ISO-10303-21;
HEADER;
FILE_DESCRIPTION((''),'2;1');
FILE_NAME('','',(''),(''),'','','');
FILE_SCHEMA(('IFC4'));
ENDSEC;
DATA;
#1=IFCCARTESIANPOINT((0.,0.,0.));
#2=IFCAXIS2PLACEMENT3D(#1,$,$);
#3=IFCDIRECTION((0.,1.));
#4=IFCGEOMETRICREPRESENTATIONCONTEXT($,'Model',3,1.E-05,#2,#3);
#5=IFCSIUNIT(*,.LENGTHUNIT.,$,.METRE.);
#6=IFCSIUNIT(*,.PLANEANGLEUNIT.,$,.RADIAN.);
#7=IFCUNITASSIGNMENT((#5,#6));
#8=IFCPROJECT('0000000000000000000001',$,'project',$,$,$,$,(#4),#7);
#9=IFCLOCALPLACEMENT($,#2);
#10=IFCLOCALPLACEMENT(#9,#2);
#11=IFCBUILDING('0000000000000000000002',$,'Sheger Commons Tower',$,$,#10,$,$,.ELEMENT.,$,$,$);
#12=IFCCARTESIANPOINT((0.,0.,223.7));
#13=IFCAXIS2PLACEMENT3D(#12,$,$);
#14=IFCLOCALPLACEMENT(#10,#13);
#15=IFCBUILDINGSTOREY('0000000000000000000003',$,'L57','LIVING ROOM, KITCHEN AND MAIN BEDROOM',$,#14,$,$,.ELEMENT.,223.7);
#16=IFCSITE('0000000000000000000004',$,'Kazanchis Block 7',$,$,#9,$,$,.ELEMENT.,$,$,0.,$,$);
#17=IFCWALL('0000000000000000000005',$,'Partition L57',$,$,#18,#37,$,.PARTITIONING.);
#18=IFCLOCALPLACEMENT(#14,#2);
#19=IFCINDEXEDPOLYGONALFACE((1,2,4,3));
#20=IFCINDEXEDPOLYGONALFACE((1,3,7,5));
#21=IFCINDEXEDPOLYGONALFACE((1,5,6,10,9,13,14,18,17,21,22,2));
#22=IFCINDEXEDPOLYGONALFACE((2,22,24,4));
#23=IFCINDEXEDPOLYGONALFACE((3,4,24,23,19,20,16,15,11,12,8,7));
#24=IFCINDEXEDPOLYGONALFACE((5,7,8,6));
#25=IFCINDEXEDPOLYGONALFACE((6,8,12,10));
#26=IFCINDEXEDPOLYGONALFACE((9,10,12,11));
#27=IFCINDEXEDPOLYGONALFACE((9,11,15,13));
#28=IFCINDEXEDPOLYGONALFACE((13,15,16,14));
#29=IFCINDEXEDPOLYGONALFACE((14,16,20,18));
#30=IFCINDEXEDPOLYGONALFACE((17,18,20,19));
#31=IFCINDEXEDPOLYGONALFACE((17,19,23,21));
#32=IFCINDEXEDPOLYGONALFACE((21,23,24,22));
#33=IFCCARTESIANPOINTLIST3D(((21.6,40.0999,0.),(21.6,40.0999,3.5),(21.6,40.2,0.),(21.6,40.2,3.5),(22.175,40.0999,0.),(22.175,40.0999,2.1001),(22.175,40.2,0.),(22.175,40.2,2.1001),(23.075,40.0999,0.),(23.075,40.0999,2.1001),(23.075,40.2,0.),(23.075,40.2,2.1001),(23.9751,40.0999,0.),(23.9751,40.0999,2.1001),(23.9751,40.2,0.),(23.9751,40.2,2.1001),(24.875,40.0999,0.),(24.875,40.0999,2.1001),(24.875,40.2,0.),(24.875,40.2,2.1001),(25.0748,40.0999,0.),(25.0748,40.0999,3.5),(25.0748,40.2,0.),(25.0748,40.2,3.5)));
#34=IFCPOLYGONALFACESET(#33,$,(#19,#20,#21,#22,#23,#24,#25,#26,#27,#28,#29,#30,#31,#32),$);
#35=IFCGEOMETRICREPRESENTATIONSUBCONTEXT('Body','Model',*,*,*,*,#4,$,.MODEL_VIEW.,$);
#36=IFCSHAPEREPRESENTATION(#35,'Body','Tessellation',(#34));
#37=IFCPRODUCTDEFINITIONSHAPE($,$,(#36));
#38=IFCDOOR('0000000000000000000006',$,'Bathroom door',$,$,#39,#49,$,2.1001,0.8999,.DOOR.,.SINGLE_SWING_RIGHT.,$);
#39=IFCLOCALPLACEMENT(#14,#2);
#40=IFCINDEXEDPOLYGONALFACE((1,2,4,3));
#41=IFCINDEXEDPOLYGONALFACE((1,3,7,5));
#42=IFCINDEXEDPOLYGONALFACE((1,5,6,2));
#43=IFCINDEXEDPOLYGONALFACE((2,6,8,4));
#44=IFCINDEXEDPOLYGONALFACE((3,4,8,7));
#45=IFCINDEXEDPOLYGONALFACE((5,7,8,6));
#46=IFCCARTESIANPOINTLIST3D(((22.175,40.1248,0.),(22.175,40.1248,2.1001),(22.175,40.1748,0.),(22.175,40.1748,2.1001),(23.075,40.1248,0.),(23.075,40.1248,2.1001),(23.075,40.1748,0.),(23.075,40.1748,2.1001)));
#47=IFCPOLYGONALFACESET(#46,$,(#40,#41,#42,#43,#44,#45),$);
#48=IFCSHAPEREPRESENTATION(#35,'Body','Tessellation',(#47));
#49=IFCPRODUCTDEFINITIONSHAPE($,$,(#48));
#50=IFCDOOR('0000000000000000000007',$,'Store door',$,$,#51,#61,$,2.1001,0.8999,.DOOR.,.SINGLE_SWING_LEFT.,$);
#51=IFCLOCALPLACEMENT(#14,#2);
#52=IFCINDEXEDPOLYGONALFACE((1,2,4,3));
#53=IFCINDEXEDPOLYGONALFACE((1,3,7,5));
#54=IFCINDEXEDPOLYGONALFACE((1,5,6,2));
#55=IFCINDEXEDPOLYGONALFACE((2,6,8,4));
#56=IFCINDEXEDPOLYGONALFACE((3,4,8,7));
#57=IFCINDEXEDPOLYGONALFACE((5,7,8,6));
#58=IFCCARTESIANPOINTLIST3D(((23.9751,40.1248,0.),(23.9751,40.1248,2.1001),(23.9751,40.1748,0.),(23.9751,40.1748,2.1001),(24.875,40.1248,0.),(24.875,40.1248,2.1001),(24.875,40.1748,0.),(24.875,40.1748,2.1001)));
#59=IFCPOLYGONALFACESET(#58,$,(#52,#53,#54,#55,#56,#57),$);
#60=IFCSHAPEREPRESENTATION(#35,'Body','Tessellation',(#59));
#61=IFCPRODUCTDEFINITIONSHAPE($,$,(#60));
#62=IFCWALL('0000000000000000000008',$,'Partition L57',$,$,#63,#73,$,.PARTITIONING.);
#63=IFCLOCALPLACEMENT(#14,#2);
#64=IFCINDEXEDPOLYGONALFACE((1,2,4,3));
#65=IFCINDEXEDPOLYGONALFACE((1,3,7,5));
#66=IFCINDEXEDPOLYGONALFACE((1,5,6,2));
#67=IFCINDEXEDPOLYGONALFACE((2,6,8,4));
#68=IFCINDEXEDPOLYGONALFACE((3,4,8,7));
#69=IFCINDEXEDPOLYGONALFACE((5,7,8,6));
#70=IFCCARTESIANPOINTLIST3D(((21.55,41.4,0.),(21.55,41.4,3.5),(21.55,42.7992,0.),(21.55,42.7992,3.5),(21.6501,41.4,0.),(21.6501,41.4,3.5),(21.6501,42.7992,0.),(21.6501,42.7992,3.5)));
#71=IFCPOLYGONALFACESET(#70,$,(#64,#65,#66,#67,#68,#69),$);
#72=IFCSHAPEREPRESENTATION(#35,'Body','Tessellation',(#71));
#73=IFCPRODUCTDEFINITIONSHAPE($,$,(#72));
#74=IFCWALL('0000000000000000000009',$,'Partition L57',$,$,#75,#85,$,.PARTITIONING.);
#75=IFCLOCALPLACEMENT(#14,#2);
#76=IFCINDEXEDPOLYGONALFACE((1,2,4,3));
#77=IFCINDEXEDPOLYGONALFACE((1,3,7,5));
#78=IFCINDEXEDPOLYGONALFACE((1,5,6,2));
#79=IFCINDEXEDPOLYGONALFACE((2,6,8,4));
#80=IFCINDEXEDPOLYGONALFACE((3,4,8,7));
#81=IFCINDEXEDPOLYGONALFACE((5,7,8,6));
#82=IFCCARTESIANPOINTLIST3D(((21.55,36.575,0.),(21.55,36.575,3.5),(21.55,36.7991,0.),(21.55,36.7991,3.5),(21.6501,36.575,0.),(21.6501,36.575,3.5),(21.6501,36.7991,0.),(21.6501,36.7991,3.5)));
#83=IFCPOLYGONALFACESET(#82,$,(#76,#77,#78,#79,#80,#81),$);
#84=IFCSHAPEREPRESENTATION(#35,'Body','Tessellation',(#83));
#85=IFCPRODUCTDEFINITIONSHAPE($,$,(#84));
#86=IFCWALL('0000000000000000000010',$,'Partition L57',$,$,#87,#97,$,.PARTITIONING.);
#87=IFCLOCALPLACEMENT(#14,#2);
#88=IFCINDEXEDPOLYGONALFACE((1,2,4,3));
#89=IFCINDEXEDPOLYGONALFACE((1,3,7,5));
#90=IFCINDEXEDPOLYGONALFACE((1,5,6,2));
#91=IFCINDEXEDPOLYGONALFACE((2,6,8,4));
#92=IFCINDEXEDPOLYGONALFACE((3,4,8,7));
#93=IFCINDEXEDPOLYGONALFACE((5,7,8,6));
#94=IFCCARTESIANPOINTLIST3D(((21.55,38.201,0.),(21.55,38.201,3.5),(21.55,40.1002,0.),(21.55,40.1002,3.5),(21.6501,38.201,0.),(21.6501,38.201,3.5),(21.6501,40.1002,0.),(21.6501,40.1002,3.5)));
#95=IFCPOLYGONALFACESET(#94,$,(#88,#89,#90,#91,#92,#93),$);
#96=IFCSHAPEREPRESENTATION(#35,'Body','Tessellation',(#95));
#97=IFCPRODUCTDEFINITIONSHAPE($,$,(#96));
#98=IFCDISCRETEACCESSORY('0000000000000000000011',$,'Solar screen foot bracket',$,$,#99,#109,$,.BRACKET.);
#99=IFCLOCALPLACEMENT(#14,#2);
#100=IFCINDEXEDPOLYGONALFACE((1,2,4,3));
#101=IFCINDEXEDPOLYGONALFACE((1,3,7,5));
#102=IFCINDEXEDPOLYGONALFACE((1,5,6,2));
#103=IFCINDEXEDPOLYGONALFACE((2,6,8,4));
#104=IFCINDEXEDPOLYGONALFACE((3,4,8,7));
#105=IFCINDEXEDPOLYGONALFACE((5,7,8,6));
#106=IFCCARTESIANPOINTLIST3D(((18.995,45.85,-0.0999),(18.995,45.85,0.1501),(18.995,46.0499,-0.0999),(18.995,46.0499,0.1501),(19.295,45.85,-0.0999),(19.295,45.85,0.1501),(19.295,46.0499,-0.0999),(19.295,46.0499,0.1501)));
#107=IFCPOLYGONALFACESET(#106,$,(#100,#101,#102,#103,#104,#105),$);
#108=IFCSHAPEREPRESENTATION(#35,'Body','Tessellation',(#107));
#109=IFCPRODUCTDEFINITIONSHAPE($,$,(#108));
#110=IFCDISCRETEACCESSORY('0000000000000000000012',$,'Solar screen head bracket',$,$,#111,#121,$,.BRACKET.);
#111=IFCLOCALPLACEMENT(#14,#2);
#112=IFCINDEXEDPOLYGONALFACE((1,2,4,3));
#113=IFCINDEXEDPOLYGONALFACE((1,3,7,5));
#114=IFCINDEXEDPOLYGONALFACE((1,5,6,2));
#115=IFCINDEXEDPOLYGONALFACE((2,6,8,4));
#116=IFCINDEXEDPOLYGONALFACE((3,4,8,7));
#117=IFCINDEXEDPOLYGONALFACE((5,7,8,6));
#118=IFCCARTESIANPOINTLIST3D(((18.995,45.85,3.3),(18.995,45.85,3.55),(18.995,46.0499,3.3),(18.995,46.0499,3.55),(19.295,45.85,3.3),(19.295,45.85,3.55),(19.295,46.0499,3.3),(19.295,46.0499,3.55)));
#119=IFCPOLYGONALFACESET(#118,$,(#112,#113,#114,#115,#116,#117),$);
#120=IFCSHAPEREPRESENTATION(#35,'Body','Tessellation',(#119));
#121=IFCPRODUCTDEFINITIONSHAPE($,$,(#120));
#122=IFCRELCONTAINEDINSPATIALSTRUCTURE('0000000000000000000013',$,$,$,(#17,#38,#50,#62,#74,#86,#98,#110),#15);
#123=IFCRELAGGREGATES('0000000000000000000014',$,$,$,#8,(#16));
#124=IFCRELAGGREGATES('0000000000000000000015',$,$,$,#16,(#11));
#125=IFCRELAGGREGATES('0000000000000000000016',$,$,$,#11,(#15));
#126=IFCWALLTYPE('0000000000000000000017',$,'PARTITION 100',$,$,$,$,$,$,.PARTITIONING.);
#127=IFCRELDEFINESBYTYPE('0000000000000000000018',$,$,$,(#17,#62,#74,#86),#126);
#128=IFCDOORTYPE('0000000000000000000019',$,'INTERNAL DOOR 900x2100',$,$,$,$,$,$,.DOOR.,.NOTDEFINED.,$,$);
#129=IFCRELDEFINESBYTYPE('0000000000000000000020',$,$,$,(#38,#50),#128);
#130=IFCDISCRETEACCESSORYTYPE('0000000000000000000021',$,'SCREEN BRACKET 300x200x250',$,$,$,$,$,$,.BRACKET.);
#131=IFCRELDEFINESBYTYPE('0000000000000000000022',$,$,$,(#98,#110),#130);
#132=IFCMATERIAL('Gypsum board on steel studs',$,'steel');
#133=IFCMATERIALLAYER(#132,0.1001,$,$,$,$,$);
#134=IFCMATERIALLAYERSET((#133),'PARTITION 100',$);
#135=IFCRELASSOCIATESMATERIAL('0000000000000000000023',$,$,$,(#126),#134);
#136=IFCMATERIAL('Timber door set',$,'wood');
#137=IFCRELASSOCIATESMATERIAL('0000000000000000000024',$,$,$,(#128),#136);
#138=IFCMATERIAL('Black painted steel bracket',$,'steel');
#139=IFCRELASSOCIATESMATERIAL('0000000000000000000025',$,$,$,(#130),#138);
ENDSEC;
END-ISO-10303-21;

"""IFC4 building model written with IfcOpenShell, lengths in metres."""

from ifc_helpers import new_model, si_unit, direction, frame, frame_2d, origin, origin_2d, place, context, subcontext, project, spatial, rectangle, extrude, material, layer, layer_set, type_object, element, fill, save


model = new_model("IFC4")

# Units and contexts
model_context = context("Model", 3, precision=1e-05, world=origin(), true_north=direction((0.0, 1.0)))
body_context = subcontext(model_context, "Body", "Model", "MODEL_VIEW")
ifc_project = project(units=[si_unit("LENGTHUNIT", "METRE"), si_unit("PLANEANGLEUNIT", "RADIAN")], contexts=[model_context])

# Site, building, storey
site_placement = place(None, origin())
site = spatial("IfcSite", under=ifc_project, at=site_placement, Name="Kazanchis Block 7", CompositionType="ELEMENT", RefElevation=0.0)
building_placement = place(site_placement, origin())
building = spatial("IfcBuilding", under=site, at=building_placement, Name="Sheger Commons Tower", CompositionType="ELEMENT")
storey_placement = place(building_placement, frame((0.0, 0.0, 223.7)))
storey = spatial("IfcBuildingStorey", under=building, at=storey_placement, Name="L57", Description="LIVING ROOM, KITCHEN AND MAIN BEDROOM", CompositionType="ELEMENT", Elevation=223.7)

# Shared definitions
ifc_material_1 = material(Name="Gypsum board on steel studs", Category="steel")
ifc_layer_1 = layer(ifc_material_1, 0.1001)
ifc_layer_set_1 = layer_set([ifc_layer_1], Name="PARTITION 100")
wall_type_1 = type_object("IfcWallType", Name="PARTITION 100", PredefinedType="PARTITIONING", material=ifc_layer_set_1)

# Shared definitions
ifc_material_2 = material(Name="Timber door set", Category="wood")
door_type_1 = type_object("IfcDoorType", Name="INTERNAL DOOR 900x2100", OperationType="NOTDEFINED", PredefinedType="DOOR", material=ifc_material_2)

# Wall, openings, doors
wall_1_placement = place(storey_placement, frame((21.6001, 40.1499, 0.0), z_axis=(0.0, 0.0, 1.0), x_axis=(1.0, 0.0, 0.0)))
wall_1 = element("IfcWall", 1, at=wall_1_placement, inside=storey, type_object=wall_type_1, Name="Partition L57", PredefinedType="PARTITIONING", context=body_context, shape_type="SweptSolid", body=[
    extrude(rectangle(XDim=3.4749, YDim=0.1001, at=frame_2d((1.7373, 0.0))), origin(), (0.0, 0.0, 1.0), 3.5),
])
opening_1_placement = place(wall_1_placement, frame((0.575, 0.0, 0.0)))
opening_1 = element("IfcOpeningElement", 2, at=opening_1_placement, cuts=wall_1, PredefinedType="OPENING", context=body_context, shape_type="SweptSolid", body=[
    extrude(rectangle(XDim=0.8999, YDim=2.1001, at=frame_2d((0.45, 1.05))), frame((0.0, 0.0601, 0.0), z_axis=(0.0, -1.0, 0.0), x_axis=(1.0, 0.0, 0.0)), (0.0, 0.0, 1.0), 0.1201),
])
opening_2_placement = place(wall_1_placement, frame((2.375, 0.0, 0.0)))
opening_2 = element("IfcOpeningElement", 3, at=opening_2_placement, cuts=wall_1, PredefinedType="OPENING", context=body_context, shape_type="SweptSolid", body=[
    extrude(rectangle(XDim=0.8999, YDim=2.1001, at=frame_2d((0.45, 1.05))), frame((0.0, 0.0601, 0.0), z_axis=(0.0, -1.0, 0.0), x_axis=(1.0, 0.0, 0.0)), (0.0, 0.0, 1.0), 0.1201),
])
door_1_placement = place(opening_1_placement, origin())
door_1 = element("IfcDoor", 4, at=door_1_placement, inside=storey, type_object=door_type_1, Name="Bathroom door", OperationType="SINGLE_SWING_RIGHT", OverallHeight=2.1001, OverallWidth=0.8999, PredefinedType="DOOR", context=body_context, shape_type="SweptSolid", body=[
    extrude(rectangle(XDim=0.8999, YDim=2.1001, at=frame_2d((0.45, 1.05))), frame((0.0, 0.0249, 0.0), z_axis=(0.0, -1.0, 0.0), x_axis=(1.0, 0.0, 0.0)), (0.0, 0.0, 1.0), 0.05),
])
fill(opening_1, door_1)
door_2_placement = place(opening_2_placement, origin())
door_2 = element("IfcDoor", 5, at=door_2_placement, inside=storey, type_object=door_type_1, Name="Store door", OperationType="SINGLE_SWING_LEFT", OverallHeight=2.1001, OverallWidth=0.8999, PredefinedType="DOOR", context=body_context, shape_type="SweptSolid", body=[
    extrude(rectangle(XDim=0.8999, YDim=2.1001, at=frame_2d((0.45, 1.05))), frame((0.0, 0.0249, 0.0), z_axis=(0.0, -1.0, 0.0), x_axis=(1.0, 0.0, 0.0)), (0.0, 0.0, 1.0), 0.05),
])
fill(opening_2, door_2)

# Walls
wall_2_placement = place(storey_placement, frame((21.6001, 41.3999, 0.0), z_axis=(0.0, 0.0, 1.0), x_axis=(0.0, 1.0, 0.0)))
element("IfcWall", 6, at=wall_2_placement, inside=storey, type_object=wall_type_1, Name="Partition L57", PredefinedType="PARTITIONING", context=body_context, shape_type="SweptSolid", body=[
    extrude(rectangle(XDim=1.3992, YDim=0.1001, at=frame_2d((0.6997, 0.0))), origin(), (0.0, 0.0, 1.0), 3.5),
])
wall_3_placement = place(storey_placement, frame((21.6001, 36.575, 0.0), z_axis=(0.0, 0.0, 1.0), x_axis=(0.0, 1.0, 0.0)))
element("IfcWall", 7, at=wall_3_placement, inside=storey, type_object=wall_type_1, Name="Partition L57", PredefinedType="PARTITIONING", context=body_context, shape_type="SweptSolid", body=[
    extrude(rectangle(XDim=0.2241, YDim=0.1001, at=frame_2d((0.1121, 0.0))), origin(), (0.0, 0.0, 1.0), 3.5),
])
wall_4_placement = place(storey_placement, frame((21.6001, 38.2009, 0.0), z_axis=(0.0, 0.0, 1.0), x_axis=(0.0, 1.0, 0.0)))
element("IfcWall", 8, at=wall_4_placement, inside=storey, type_object=wall_type_1, Name="Partition L57", PredefinedType="PARTITIONING", context=body_context, shape_type="SweptSolid", body=[
    extrude(rectangle(XDim=1.8992, YDim=0.1001, at=frame_2d((0.9497, 0.0))), origin(), (0.0, 0.0, 1.0), 3.5),
])

# Discrete accessories
ifc_material_3 = material(Name="Black painted steel bracket", Category="steel")
discrete_accessory_type = type_object("IfcDiscreteAccessoryType", Name="SCREEN BRACKET 300x200x250", PredefinedType="BRACKET", material=ifc_material_3)
for number, where, z_axis, x_axis, name in (
    (9, (19.145, 45.95, -0.0999), (0.0, 0.0, 1.0), (-1.0, 0.0, 0.0), "Solar screen foot bracket"),
    (10, (19.145, 45.95, 3.3), (0.0, 0.0, 1.0), (-1.0, 0.0, 0.0), "Solar screen head bracket"),
):
    element("IfcDiscreteAccessory", number, at=place(storey_placement, frame(where, z_axis=z_axis, x_axis=x_axis)), inside=storey, type_object=discrete_accessory_type, Name=name, PredefinedType="BRACKET", context=body_context, shape_type="SweptSolid", body=[
        extrude(rectangle(XDim=0.3, YDim=0.2, at=origin_2d()), origin(), (0.0, 0.0, 1.0), 0.25),
    ])

save(model, "model.ifc")
